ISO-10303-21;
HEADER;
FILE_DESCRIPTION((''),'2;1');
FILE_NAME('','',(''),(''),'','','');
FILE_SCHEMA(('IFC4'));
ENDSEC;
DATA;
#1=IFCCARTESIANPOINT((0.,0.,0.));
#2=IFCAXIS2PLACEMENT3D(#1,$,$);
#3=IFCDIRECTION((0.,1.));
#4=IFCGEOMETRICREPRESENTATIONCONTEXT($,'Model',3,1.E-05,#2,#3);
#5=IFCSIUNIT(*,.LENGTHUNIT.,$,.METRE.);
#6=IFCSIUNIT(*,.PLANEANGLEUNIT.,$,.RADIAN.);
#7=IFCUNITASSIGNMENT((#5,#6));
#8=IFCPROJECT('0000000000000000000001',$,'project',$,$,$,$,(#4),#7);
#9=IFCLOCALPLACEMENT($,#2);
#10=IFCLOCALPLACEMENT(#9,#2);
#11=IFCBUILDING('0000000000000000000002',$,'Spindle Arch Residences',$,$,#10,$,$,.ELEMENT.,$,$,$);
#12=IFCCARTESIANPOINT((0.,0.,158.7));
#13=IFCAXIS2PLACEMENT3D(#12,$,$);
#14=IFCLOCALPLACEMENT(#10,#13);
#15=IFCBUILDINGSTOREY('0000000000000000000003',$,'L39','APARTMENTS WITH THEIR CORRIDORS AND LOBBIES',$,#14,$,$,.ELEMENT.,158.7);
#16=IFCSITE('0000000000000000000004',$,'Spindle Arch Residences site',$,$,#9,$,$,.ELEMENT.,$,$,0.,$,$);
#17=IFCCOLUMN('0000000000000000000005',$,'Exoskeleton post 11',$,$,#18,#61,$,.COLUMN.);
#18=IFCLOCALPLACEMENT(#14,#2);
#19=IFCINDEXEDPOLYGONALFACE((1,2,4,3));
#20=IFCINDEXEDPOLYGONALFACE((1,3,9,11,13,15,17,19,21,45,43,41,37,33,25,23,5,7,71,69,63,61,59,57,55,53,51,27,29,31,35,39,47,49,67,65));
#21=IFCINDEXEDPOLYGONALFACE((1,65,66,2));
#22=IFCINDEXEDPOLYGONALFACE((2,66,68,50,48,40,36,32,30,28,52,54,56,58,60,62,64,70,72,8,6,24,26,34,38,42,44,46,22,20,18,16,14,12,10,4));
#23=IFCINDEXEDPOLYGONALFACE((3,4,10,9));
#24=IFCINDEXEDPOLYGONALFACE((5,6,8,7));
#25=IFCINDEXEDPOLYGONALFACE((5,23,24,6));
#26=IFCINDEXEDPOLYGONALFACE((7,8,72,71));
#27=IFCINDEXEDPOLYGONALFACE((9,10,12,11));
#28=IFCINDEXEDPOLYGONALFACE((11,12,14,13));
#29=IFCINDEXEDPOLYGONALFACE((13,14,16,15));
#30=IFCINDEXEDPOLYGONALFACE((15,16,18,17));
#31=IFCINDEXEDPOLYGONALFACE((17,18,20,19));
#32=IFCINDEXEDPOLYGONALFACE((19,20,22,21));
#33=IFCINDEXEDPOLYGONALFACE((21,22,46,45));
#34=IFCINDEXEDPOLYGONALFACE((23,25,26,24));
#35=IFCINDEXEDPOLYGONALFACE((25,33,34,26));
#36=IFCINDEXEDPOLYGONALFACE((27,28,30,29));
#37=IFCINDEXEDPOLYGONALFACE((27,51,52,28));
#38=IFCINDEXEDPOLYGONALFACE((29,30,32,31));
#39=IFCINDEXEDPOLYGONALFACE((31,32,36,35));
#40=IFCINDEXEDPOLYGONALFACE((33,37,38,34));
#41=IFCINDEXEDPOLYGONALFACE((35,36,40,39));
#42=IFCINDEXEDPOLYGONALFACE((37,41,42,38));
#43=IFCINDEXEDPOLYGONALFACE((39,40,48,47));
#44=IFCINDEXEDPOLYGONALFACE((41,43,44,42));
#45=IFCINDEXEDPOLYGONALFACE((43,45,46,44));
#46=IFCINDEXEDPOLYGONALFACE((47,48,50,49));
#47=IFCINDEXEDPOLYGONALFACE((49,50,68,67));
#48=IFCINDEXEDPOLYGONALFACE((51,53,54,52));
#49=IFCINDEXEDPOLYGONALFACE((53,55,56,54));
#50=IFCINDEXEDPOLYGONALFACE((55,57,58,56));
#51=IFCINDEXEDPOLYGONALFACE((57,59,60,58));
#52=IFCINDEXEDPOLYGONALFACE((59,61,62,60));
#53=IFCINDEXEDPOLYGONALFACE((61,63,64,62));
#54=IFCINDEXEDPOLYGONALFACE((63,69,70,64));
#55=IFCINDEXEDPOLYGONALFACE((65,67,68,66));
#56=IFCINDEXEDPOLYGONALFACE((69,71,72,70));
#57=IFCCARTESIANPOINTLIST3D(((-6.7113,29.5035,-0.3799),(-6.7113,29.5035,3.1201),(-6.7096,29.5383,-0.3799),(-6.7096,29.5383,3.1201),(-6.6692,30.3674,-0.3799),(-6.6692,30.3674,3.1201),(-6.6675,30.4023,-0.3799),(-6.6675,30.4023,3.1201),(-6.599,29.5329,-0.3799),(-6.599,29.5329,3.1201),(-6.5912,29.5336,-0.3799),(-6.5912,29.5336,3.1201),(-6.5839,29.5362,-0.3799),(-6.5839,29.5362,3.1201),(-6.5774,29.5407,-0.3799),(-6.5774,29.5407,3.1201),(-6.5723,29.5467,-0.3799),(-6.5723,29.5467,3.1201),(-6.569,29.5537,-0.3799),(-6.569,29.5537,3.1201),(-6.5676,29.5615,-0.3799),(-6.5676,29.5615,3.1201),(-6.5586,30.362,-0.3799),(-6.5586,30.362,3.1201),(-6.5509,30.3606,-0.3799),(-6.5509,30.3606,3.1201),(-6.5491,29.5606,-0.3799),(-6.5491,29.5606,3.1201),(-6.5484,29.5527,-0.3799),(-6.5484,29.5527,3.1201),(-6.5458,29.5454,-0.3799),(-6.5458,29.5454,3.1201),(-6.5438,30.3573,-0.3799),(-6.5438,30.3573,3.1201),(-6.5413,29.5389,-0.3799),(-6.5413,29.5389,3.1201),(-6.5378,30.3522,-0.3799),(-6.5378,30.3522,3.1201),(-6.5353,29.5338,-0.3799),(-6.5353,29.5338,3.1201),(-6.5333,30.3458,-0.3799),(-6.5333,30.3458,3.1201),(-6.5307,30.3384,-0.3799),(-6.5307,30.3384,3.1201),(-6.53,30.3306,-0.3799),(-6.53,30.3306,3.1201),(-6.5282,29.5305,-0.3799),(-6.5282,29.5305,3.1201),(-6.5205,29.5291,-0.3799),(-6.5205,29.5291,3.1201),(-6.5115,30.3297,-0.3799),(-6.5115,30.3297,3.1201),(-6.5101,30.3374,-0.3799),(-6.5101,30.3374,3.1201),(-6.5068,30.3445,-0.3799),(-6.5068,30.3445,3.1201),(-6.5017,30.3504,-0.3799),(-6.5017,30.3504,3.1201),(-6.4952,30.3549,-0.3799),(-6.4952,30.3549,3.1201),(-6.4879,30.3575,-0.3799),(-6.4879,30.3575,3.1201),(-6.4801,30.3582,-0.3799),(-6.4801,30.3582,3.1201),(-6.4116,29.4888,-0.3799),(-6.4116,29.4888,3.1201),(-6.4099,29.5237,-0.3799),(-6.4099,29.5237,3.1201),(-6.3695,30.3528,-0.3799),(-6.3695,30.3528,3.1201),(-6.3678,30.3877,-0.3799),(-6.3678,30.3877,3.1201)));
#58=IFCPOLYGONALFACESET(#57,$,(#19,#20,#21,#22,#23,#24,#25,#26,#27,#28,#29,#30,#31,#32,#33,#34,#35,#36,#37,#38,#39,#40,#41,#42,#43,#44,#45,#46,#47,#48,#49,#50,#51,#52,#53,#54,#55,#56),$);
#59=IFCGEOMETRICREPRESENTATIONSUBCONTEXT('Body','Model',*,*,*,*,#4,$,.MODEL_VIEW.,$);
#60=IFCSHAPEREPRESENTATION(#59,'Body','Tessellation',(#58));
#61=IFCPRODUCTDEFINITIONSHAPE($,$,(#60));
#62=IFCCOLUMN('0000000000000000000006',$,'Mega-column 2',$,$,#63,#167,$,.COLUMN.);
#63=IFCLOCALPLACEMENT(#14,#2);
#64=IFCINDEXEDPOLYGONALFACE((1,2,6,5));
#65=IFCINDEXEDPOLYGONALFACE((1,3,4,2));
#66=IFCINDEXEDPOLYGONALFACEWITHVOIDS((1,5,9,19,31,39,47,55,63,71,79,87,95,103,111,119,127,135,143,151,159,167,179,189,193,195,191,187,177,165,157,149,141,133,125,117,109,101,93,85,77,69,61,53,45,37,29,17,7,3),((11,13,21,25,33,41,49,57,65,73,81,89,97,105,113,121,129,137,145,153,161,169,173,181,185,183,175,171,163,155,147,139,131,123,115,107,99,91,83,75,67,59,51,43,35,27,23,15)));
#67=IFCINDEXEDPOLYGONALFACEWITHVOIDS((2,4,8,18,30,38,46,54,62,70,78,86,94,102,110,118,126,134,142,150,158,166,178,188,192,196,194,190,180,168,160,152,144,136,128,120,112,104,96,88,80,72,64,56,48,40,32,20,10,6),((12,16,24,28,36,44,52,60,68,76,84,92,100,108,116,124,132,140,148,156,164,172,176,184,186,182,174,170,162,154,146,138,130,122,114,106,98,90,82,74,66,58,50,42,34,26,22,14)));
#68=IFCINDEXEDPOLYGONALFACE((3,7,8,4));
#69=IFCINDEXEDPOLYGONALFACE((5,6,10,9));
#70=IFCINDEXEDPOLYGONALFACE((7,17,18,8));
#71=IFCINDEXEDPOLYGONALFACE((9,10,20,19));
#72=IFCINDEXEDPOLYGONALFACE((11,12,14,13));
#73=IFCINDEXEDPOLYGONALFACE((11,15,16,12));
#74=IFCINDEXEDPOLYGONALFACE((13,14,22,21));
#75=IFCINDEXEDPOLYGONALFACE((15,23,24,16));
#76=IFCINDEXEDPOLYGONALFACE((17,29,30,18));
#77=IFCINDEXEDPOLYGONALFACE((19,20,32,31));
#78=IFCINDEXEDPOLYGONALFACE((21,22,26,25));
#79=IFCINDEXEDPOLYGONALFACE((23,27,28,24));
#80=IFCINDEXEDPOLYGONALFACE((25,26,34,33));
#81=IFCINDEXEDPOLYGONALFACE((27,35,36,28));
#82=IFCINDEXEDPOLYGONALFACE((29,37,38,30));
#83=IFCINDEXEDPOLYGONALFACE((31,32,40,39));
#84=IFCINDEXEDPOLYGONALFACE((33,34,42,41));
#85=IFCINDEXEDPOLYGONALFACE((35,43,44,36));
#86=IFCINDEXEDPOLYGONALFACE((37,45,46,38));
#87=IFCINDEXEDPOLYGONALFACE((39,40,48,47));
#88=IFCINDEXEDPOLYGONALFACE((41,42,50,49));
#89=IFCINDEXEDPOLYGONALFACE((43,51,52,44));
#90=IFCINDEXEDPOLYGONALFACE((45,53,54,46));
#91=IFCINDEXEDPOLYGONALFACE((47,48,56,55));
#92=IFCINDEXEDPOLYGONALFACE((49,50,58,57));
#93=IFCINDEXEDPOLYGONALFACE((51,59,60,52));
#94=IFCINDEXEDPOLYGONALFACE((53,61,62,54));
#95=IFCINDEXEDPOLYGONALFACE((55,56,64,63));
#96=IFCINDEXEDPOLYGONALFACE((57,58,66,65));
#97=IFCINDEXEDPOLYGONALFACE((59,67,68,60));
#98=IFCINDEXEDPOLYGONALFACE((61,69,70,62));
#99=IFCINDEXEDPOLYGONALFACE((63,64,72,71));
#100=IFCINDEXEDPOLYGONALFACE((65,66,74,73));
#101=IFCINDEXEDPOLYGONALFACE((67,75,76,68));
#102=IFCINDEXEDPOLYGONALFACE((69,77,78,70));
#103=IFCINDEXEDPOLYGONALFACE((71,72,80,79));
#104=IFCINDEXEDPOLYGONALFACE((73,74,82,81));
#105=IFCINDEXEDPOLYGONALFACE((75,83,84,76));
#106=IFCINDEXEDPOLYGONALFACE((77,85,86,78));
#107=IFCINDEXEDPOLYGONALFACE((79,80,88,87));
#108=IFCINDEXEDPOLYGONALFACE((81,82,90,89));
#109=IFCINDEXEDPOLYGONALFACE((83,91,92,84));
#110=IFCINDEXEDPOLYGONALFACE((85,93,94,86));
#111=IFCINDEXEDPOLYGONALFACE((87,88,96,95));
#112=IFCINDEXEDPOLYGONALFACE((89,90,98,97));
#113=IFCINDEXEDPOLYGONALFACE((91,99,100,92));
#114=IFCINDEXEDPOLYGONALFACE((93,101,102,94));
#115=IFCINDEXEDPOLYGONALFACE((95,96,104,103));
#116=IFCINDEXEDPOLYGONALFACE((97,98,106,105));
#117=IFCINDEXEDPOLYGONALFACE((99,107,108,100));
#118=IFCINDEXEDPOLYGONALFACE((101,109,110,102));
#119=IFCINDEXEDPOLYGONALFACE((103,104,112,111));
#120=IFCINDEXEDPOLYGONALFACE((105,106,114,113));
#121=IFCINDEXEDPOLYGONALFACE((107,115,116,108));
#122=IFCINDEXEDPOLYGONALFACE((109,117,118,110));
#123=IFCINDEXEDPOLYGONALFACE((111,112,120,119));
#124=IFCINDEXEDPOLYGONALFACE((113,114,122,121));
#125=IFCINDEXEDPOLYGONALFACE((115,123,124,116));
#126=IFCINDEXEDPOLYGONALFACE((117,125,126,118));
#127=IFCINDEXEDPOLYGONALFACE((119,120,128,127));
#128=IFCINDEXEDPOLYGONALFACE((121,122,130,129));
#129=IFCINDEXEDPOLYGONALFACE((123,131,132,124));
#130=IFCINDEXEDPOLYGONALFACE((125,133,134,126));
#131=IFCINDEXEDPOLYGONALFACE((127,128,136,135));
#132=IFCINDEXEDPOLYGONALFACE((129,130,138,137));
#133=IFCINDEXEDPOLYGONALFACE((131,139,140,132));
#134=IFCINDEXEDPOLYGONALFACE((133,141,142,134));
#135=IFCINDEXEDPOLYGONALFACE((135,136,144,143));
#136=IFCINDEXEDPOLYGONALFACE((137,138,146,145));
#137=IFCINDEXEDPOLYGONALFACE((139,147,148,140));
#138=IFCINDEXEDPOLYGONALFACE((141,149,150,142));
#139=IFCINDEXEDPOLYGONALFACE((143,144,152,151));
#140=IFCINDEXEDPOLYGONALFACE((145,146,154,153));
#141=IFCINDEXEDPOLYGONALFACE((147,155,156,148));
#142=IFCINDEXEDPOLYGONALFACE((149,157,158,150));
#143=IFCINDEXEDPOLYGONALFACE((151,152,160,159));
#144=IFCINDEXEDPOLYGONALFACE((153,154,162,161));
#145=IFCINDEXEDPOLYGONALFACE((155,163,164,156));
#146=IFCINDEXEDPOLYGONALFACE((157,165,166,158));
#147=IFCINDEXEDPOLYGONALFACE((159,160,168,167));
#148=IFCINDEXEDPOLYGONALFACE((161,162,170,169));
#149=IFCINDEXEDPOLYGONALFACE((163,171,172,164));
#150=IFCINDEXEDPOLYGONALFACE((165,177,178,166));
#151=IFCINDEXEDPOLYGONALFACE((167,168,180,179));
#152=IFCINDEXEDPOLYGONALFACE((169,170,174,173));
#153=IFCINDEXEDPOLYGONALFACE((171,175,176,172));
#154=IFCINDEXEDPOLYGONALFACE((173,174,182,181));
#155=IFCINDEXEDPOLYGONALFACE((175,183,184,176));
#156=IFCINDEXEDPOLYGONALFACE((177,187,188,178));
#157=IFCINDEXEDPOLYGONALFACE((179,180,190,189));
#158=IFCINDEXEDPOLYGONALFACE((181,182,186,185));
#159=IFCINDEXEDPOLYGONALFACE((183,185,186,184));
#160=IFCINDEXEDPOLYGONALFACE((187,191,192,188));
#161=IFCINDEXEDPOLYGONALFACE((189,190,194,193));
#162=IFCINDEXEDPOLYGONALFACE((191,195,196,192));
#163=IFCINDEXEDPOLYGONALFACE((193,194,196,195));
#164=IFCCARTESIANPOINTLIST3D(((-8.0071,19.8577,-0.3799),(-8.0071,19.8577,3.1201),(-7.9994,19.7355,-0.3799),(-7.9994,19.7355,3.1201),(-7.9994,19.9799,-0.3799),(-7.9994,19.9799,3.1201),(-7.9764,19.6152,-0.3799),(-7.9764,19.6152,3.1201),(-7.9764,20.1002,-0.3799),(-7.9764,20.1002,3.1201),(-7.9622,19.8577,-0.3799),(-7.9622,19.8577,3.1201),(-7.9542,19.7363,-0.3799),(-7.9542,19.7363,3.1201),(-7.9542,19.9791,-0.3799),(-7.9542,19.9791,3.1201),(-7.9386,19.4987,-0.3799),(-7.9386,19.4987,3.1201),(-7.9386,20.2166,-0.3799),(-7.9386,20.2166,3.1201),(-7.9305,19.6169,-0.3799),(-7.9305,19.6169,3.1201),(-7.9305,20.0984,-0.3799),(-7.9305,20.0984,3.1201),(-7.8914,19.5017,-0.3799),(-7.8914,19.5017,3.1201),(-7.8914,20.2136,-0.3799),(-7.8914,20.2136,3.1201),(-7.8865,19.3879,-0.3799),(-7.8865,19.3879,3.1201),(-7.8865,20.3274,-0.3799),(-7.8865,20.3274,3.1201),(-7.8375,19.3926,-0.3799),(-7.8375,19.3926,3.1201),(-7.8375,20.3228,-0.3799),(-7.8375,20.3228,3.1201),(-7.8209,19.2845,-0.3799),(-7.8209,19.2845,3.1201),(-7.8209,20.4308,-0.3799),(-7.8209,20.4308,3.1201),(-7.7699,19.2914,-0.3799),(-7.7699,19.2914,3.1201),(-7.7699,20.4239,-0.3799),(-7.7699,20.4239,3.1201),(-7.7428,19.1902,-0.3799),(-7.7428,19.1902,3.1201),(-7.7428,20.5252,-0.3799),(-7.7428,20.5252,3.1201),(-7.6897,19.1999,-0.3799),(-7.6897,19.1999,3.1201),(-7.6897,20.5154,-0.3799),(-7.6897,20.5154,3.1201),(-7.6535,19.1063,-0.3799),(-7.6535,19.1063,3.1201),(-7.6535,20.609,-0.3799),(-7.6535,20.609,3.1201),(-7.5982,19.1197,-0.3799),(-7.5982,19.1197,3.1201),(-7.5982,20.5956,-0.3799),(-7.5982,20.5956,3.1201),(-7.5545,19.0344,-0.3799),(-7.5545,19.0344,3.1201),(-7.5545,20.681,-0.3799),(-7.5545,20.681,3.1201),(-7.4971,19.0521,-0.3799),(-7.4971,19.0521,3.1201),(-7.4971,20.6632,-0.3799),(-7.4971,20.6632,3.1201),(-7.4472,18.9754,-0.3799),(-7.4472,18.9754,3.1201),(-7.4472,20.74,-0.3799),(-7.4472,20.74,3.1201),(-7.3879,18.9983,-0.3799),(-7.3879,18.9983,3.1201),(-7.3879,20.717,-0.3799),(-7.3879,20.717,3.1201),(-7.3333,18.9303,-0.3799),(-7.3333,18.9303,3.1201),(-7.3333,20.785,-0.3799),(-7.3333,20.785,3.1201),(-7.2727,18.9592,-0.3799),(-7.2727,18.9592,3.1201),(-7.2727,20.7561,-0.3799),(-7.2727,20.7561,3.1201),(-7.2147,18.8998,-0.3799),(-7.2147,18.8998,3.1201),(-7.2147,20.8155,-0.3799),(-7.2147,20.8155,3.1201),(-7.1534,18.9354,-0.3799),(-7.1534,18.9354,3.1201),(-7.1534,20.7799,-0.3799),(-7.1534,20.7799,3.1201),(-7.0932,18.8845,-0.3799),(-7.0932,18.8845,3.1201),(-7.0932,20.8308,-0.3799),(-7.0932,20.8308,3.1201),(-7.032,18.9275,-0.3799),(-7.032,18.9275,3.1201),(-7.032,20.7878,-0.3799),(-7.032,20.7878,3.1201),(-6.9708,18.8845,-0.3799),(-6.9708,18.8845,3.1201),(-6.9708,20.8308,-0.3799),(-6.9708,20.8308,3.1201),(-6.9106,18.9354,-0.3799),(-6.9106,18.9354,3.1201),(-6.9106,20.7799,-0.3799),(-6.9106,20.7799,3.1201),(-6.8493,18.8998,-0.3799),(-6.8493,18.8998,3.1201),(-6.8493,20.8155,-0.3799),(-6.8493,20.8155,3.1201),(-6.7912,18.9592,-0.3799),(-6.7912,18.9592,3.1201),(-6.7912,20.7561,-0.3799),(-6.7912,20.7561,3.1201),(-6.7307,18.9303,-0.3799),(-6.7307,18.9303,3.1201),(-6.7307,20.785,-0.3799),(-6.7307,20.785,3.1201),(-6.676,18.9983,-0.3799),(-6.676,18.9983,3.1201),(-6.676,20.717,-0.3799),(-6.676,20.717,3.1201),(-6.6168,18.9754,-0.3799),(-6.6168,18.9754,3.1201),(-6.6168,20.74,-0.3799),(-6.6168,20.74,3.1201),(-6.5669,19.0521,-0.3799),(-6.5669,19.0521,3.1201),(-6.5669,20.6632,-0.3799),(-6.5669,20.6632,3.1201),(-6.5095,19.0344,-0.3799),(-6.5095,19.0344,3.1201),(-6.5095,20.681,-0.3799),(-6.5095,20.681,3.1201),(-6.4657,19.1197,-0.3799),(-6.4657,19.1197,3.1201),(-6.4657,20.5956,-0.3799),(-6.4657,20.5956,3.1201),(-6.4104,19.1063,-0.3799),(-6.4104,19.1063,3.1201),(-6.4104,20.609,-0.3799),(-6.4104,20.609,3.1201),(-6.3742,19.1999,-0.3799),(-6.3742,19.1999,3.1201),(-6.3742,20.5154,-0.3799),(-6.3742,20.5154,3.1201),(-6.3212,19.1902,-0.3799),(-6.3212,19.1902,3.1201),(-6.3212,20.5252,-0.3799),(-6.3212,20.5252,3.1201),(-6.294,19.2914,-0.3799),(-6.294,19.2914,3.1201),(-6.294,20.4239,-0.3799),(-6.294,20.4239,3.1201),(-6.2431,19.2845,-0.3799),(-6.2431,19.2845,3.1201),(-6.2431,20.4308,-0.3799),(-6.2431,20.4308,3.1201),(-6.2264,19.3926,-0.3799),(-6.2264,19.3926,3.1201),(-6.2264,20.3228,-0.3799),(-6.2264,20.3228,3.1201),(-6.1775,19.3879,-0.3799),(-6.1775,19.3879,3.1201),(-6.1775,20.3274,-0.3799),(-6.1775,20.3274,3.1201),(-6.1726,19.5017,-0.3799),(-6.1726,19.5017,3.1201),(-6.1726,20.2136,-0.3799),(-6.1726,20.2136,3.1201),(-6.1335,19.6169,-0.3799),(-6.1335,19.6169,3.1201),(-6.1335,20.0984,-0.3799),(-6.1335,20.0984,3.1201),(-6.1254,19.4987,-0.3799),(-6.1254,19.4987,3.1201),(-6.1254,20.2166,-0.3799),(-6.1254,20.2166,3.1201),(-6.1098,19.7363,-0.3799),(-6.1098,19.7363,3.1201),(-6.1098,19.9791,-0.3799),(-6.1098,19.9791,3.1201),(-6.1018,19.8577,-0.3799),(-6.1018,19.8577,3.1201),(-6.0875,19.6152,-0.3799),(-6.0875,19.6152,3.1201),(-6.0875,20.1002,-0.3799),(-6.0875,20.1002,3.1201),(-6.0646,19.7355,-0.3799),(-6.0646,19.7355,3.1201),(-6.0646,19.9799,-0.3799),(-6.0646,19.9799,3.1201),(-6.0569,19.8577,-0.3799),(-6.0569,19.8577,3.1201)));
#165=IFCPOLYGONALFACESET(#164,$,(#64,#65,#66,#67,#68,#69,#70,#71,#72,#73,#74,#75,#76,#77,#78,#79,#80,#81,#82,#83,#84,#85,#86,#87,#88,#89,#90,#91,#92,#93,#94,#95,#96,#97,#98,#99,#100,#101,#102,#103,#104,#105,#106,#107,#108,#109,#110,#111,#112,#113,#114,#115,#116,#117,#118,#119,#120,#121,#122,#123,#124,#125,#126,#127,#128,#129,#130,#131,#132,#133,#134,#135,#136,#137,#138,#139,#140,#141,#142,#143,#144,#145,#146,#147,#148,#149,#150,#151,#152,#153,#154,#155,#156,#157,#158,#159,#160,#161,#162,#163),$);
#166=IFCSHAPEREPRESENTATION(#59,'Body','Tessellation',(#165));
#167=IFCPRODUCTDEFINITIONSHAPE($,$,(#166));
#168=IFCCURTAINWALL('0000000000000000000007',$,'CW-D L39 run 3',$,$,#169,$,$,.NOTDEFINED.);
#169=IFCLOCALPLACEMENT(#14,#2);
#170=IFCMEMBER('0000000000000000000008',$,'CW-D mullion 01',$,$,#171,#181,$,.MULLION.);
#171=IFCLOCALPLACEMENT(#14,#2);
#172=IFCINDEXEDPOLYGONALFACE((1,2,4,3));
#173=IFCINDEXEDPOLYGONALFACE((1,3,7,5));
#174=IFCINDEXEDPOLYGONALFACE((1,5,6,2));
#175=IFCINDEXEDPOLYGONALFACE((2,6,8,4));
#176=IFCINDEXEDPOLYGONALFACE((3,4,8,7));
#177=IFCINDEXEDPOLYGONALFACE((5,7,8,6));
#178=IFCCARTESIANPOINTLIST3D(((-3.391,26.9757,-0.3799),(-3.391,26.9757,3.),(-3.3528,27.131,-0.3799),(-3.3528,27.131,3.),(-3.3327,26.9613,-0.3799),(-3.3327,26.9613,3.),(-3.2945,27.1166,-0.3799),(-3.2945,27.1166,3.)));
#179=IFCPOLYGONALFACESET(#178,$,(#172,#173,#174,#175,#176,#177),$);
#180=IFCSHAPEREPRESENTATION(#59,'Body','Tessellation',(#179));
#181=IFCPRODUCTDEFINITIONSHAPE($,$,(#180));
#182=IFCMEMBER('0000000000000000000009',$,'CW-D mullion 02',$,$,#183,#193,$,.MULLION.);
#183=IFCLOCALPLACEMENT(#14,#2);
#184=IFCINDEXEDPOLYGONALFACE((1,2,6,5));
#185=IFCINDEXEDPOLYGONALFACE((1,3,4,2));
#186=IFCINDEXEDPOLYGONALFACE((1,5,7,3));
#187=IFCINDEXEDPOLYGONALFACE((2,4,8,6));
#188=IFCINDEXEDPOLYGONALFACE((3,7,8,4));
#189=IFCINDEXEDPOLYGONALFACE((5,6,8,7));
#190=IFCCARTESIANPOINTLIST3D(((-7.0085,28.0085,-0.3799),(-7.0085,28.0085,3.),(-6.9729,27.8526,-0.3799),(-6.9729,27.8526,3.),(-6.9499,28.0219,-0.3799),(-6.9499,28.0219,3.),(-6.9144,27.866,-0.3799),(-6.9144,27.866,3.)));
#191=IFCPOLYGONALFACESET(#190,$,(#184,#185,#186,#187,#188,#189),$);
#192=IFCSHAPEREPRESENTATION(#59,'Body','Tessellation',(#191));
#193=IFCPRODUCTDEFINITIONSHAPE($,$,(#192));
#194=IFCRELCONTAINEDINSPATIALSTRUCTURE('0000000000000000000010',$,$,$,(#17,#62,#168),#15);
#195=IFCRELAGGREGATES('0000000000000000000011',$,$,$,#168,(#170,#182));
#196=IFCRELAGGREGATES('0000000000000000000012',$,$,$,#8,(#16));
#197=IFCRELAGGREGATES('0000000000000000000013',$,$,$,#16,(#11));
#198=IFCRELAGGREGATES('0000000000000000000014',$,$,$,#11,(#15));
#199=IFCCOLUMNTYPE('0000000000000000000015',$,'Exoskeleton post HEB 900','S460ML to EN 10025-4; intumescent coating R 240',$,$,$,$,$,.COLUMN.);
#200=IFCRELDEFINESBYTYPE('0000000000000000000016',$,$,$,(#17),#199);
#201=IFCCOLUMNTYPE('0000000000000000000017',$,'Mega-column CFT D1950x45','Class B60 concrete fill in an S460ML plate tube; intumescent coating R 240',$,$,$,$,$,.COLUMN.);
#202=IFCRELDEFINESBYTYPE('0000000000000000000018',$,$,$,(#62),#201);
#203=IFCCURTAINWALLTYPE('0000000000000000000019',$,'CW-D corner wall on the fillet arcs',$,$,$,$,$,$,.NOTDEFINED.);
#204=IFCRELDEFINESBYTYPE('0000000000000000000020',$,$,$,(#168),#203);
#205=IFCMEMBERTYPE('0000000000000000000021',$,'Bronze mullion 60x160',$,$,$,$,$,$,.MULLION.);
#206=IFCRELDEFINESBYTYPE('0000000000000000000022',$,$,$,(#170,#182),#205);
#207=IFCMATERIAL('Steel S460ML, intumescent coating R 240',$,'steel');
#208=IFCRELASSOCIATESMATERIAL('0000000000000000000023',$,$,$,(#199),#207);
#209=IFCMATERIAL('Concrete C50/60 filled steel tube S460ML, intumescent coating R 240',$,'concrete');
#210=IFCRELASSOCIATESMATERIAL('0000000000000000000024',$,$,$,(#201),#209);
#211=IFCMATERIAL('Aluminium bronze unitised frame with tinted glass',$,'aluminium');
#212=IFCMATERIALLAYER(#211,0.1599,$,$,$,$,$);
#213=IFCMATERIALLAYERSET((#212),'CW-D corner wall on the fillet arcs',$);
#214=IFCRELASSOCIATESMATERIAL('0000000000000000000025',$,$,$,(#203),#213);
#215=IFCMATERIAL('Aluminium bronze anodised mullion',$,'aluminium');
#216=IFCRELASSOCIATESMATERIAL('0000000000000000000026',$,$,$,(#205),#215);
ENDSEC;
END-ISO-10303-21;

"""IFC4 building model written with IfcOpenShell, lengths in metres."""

from ifc_helpers import new_model, si_unit, direction, frame, origin, origin_2d, place, context, subcontext, project, spatial, rectangle, hollow_circle, i_section, extrude, material, layer, layer_set, material_profile, profile_set, type_object, element, aggregate, save


model = new_model("IFC4")

# Units and contexts
model_context = context("Model", 3, precision=1e-05, world=origin(), true_north=direction((0.0, 1.0)))
body_context = subcontext(model_context, "Body", "Model", "MODEL_VIEW")
ifc_project = project(units=[si_unit("LENGTHUNIT", "METRE"), si_unit("PLANEANGLEUNIT", "RADIAN")], contexts=[model_context])

# Site, building, storey
site_placement = place(None, origin())
site = spatial("IfcSite", under=ifc_project, at=site_placement, Name="Spindle Arch Residences site", CompositionType="ELEMENT", RefElevation=0.0)
building_placement = place(site_placement, origin())
building = spatial("IfcBuilding", under=site, at=building_placement, Name="Spindle Arch Residences", CompositionType="ELEMENT")
storey_placement = place(building_placement, frame((0.0, 0.0, 158.7)))
storey = spatial("IfcBuildingStorey", under=building, at=storey_placement, Name="L39", Description="APARTMENTS WITH THEIR CORRIDORS AND LOBBIES", CompositionType="ELEMENT", Elevation=158.7)

# Columns
ifc_material_1 = material(Name="Steel S460ML, intumescent coating R 240", Category="steel")
ifc_material_profile_1 = material_profile(ifc_material_1, i_section(OverallWidth=0.3, OverallDepth=0.8999, WebThickness=0.0186, FlangeThickness=0.0349, FilletRadius=0.03, at=origin_2d()), Name="HEB 900")
ifc_profile_set_1 = profile_set([ifc_material_profile_1], Name="Steel S460ML, intumescent coating R 240")
column_type_1 = type_object("IfcColumnType", Name="Exoskeleton post HEB 900", Description="S460ML to EN 10025-4; intumescent coating R 240", PredefinedType="COLUMN", material=ifc_profile_set_1)
column_1_placement = place(storey_placement, frame((-6.5396, 29.9456, -0.3799), z_axis=(0.0, 0.0, 1.0), x_axis=(0.998811, -0.048754, 0.0)))
element("IfcColumn", 1, at=column_1_placement, inside=storey, type_object=column_type_1, Name="Exoskeleton post 11", PredefinedType="COLUMN", context=body_context, shape_type="SweptSolid", body=[
    extrude(i_section(OverallWidth=0.3, OverallDepth=0.8999, WebThickness=0.0186, FlangeThickness=0.0349, FilletRadius=0.03, at=origin_2d()), origin(), (0.0, 0.0, 1.0), 3.5),
])
ifc_material_2 = material(Name="Concrete C50/60 filled steel tube S460ML, intumescent coating R 240", Category="concrete")
ifc_material_profile_2 = material_profile(ifc_material_2, hollow_circle(Radius=0.9751, WallThickness=0.0449, at=origin_2d()), Name="CFT D1950x45")
ifc_profile_set_2 = profile_set([ifc_material_profile_2], Name="Concrete C50/60 filled steel tube S460ML, intumescent coating R 240")
column_type_2 = type_object("IfcColumnType", Name="Mega-column CFT D1950x45", Description="Class B60 concrete fill in an S460ML plate tube; intumescent coating R 240", PredefinedType="COLUMN", material=ifc_profile_set_2)
column_2_placement = place(storey_placement, frame((-7.032, 19.8577, -0.3799), z_axis=(0.0, 0.0, 1.0), x_axis=(1.0, 0.0, 0.0)))
element("IfcColumn", 2, at=column_2_placement, inside=storey, type_object=column_type_2, Name="Mega-column 2", PredefinedType="COLUMN", context=body_context, shape_type="SweptSolid", body=[
    extrude(hollow_circle(Radius=0.9751, WallThickness=0.0449, at=origin_2d()), origin(), (0.0, 0.0, 1.0), 3.5),
])

# Curtain wall, members
ifc_material_3 = material(Name="Aluminium bronze unitised frame with tinted glass", Category="aluminium")
ifc_layer_1 = layer(ifc_material_3, 0.1599)
ifc_layer_set_1 = layer_set([ifc_layer_1], Name="CW-D corner wall on the fillet arcs")
curtain_wall_type = type_object("IfcCurtainWallType", Name="CW-D corner wall on the fillet arcs", PredefinedType="NOTDEFINED", material=ifc_layer_set_1)
curtain_wall_placement = place(storey_placement, origin())
curtain_wall = element("IfcCurtainWall", 3, at=curtain_wall_placement, inside=storey, type_object=curtain_wall_type, Name="CW-D L39 run 3", PredefinedType="NOTDEFINED")
ifc_material_4 = material(Name="Aluminium bronze anodised mullion", Category="aluminium")
ifc_material_profile_3 = material_profile(ifc_material_4, rectangle(XDim=0.1599, YDim=0.0601, at=origin_2d()), Name="MU 60x160")
ifc_profile_set_3 = profile_set([ifc_material_profile_3], Name="Aluminium bronze anodised mullion")
member_type_1 = type_object("IfcMemberType", Name="Bronze mullion 60x160", PredefinedType="MULLION", material=ifc_profile_set_3)
member_1_placement = place(storey_placement, frame((-3.3428, 27.0461, -0.3799), z_axis=(0.0, 0.0, 1.0), x_axis=(-0.239098, -0.970995, 0.0)))
member_1 = element("IfcMember", 4, at=member_1_placement, type_object=member_type_1, Name="CW-D mullion 01", PredefinedType="MULLION", context=body_context, shape_type="SweptSolid", body=[
    extrude(rectangle(XDim=0.1599, YDim=0.0601, at=origin_2d()), origin(), (0.0, 0.0, 1.0), 3.3799),
])
member_2_placement = place(storey_placement, frame((-6.9614, 27.9373, -0.3799), z_axis=(0.0, 0.0, 1.0), x_axis=(0.222116, -0.97502, 0.0)))
member_2 = element("IfcMember", 5, at=member_2_placement, type_object=member_type_1, Name="CW-D mullion 02", PredefinedType="MULLION", context=body_context, shape_type="SweptSolid", body=[
    extrude(rectangle(XDim=0.1599, YDim=0.0601, at=origin_2d()), origin(), (0.0, 0.0, 1.0), 3.3799),
])

aggregate(curtain_wall, [member_1, member_2])

save(model, "model.ifc")
